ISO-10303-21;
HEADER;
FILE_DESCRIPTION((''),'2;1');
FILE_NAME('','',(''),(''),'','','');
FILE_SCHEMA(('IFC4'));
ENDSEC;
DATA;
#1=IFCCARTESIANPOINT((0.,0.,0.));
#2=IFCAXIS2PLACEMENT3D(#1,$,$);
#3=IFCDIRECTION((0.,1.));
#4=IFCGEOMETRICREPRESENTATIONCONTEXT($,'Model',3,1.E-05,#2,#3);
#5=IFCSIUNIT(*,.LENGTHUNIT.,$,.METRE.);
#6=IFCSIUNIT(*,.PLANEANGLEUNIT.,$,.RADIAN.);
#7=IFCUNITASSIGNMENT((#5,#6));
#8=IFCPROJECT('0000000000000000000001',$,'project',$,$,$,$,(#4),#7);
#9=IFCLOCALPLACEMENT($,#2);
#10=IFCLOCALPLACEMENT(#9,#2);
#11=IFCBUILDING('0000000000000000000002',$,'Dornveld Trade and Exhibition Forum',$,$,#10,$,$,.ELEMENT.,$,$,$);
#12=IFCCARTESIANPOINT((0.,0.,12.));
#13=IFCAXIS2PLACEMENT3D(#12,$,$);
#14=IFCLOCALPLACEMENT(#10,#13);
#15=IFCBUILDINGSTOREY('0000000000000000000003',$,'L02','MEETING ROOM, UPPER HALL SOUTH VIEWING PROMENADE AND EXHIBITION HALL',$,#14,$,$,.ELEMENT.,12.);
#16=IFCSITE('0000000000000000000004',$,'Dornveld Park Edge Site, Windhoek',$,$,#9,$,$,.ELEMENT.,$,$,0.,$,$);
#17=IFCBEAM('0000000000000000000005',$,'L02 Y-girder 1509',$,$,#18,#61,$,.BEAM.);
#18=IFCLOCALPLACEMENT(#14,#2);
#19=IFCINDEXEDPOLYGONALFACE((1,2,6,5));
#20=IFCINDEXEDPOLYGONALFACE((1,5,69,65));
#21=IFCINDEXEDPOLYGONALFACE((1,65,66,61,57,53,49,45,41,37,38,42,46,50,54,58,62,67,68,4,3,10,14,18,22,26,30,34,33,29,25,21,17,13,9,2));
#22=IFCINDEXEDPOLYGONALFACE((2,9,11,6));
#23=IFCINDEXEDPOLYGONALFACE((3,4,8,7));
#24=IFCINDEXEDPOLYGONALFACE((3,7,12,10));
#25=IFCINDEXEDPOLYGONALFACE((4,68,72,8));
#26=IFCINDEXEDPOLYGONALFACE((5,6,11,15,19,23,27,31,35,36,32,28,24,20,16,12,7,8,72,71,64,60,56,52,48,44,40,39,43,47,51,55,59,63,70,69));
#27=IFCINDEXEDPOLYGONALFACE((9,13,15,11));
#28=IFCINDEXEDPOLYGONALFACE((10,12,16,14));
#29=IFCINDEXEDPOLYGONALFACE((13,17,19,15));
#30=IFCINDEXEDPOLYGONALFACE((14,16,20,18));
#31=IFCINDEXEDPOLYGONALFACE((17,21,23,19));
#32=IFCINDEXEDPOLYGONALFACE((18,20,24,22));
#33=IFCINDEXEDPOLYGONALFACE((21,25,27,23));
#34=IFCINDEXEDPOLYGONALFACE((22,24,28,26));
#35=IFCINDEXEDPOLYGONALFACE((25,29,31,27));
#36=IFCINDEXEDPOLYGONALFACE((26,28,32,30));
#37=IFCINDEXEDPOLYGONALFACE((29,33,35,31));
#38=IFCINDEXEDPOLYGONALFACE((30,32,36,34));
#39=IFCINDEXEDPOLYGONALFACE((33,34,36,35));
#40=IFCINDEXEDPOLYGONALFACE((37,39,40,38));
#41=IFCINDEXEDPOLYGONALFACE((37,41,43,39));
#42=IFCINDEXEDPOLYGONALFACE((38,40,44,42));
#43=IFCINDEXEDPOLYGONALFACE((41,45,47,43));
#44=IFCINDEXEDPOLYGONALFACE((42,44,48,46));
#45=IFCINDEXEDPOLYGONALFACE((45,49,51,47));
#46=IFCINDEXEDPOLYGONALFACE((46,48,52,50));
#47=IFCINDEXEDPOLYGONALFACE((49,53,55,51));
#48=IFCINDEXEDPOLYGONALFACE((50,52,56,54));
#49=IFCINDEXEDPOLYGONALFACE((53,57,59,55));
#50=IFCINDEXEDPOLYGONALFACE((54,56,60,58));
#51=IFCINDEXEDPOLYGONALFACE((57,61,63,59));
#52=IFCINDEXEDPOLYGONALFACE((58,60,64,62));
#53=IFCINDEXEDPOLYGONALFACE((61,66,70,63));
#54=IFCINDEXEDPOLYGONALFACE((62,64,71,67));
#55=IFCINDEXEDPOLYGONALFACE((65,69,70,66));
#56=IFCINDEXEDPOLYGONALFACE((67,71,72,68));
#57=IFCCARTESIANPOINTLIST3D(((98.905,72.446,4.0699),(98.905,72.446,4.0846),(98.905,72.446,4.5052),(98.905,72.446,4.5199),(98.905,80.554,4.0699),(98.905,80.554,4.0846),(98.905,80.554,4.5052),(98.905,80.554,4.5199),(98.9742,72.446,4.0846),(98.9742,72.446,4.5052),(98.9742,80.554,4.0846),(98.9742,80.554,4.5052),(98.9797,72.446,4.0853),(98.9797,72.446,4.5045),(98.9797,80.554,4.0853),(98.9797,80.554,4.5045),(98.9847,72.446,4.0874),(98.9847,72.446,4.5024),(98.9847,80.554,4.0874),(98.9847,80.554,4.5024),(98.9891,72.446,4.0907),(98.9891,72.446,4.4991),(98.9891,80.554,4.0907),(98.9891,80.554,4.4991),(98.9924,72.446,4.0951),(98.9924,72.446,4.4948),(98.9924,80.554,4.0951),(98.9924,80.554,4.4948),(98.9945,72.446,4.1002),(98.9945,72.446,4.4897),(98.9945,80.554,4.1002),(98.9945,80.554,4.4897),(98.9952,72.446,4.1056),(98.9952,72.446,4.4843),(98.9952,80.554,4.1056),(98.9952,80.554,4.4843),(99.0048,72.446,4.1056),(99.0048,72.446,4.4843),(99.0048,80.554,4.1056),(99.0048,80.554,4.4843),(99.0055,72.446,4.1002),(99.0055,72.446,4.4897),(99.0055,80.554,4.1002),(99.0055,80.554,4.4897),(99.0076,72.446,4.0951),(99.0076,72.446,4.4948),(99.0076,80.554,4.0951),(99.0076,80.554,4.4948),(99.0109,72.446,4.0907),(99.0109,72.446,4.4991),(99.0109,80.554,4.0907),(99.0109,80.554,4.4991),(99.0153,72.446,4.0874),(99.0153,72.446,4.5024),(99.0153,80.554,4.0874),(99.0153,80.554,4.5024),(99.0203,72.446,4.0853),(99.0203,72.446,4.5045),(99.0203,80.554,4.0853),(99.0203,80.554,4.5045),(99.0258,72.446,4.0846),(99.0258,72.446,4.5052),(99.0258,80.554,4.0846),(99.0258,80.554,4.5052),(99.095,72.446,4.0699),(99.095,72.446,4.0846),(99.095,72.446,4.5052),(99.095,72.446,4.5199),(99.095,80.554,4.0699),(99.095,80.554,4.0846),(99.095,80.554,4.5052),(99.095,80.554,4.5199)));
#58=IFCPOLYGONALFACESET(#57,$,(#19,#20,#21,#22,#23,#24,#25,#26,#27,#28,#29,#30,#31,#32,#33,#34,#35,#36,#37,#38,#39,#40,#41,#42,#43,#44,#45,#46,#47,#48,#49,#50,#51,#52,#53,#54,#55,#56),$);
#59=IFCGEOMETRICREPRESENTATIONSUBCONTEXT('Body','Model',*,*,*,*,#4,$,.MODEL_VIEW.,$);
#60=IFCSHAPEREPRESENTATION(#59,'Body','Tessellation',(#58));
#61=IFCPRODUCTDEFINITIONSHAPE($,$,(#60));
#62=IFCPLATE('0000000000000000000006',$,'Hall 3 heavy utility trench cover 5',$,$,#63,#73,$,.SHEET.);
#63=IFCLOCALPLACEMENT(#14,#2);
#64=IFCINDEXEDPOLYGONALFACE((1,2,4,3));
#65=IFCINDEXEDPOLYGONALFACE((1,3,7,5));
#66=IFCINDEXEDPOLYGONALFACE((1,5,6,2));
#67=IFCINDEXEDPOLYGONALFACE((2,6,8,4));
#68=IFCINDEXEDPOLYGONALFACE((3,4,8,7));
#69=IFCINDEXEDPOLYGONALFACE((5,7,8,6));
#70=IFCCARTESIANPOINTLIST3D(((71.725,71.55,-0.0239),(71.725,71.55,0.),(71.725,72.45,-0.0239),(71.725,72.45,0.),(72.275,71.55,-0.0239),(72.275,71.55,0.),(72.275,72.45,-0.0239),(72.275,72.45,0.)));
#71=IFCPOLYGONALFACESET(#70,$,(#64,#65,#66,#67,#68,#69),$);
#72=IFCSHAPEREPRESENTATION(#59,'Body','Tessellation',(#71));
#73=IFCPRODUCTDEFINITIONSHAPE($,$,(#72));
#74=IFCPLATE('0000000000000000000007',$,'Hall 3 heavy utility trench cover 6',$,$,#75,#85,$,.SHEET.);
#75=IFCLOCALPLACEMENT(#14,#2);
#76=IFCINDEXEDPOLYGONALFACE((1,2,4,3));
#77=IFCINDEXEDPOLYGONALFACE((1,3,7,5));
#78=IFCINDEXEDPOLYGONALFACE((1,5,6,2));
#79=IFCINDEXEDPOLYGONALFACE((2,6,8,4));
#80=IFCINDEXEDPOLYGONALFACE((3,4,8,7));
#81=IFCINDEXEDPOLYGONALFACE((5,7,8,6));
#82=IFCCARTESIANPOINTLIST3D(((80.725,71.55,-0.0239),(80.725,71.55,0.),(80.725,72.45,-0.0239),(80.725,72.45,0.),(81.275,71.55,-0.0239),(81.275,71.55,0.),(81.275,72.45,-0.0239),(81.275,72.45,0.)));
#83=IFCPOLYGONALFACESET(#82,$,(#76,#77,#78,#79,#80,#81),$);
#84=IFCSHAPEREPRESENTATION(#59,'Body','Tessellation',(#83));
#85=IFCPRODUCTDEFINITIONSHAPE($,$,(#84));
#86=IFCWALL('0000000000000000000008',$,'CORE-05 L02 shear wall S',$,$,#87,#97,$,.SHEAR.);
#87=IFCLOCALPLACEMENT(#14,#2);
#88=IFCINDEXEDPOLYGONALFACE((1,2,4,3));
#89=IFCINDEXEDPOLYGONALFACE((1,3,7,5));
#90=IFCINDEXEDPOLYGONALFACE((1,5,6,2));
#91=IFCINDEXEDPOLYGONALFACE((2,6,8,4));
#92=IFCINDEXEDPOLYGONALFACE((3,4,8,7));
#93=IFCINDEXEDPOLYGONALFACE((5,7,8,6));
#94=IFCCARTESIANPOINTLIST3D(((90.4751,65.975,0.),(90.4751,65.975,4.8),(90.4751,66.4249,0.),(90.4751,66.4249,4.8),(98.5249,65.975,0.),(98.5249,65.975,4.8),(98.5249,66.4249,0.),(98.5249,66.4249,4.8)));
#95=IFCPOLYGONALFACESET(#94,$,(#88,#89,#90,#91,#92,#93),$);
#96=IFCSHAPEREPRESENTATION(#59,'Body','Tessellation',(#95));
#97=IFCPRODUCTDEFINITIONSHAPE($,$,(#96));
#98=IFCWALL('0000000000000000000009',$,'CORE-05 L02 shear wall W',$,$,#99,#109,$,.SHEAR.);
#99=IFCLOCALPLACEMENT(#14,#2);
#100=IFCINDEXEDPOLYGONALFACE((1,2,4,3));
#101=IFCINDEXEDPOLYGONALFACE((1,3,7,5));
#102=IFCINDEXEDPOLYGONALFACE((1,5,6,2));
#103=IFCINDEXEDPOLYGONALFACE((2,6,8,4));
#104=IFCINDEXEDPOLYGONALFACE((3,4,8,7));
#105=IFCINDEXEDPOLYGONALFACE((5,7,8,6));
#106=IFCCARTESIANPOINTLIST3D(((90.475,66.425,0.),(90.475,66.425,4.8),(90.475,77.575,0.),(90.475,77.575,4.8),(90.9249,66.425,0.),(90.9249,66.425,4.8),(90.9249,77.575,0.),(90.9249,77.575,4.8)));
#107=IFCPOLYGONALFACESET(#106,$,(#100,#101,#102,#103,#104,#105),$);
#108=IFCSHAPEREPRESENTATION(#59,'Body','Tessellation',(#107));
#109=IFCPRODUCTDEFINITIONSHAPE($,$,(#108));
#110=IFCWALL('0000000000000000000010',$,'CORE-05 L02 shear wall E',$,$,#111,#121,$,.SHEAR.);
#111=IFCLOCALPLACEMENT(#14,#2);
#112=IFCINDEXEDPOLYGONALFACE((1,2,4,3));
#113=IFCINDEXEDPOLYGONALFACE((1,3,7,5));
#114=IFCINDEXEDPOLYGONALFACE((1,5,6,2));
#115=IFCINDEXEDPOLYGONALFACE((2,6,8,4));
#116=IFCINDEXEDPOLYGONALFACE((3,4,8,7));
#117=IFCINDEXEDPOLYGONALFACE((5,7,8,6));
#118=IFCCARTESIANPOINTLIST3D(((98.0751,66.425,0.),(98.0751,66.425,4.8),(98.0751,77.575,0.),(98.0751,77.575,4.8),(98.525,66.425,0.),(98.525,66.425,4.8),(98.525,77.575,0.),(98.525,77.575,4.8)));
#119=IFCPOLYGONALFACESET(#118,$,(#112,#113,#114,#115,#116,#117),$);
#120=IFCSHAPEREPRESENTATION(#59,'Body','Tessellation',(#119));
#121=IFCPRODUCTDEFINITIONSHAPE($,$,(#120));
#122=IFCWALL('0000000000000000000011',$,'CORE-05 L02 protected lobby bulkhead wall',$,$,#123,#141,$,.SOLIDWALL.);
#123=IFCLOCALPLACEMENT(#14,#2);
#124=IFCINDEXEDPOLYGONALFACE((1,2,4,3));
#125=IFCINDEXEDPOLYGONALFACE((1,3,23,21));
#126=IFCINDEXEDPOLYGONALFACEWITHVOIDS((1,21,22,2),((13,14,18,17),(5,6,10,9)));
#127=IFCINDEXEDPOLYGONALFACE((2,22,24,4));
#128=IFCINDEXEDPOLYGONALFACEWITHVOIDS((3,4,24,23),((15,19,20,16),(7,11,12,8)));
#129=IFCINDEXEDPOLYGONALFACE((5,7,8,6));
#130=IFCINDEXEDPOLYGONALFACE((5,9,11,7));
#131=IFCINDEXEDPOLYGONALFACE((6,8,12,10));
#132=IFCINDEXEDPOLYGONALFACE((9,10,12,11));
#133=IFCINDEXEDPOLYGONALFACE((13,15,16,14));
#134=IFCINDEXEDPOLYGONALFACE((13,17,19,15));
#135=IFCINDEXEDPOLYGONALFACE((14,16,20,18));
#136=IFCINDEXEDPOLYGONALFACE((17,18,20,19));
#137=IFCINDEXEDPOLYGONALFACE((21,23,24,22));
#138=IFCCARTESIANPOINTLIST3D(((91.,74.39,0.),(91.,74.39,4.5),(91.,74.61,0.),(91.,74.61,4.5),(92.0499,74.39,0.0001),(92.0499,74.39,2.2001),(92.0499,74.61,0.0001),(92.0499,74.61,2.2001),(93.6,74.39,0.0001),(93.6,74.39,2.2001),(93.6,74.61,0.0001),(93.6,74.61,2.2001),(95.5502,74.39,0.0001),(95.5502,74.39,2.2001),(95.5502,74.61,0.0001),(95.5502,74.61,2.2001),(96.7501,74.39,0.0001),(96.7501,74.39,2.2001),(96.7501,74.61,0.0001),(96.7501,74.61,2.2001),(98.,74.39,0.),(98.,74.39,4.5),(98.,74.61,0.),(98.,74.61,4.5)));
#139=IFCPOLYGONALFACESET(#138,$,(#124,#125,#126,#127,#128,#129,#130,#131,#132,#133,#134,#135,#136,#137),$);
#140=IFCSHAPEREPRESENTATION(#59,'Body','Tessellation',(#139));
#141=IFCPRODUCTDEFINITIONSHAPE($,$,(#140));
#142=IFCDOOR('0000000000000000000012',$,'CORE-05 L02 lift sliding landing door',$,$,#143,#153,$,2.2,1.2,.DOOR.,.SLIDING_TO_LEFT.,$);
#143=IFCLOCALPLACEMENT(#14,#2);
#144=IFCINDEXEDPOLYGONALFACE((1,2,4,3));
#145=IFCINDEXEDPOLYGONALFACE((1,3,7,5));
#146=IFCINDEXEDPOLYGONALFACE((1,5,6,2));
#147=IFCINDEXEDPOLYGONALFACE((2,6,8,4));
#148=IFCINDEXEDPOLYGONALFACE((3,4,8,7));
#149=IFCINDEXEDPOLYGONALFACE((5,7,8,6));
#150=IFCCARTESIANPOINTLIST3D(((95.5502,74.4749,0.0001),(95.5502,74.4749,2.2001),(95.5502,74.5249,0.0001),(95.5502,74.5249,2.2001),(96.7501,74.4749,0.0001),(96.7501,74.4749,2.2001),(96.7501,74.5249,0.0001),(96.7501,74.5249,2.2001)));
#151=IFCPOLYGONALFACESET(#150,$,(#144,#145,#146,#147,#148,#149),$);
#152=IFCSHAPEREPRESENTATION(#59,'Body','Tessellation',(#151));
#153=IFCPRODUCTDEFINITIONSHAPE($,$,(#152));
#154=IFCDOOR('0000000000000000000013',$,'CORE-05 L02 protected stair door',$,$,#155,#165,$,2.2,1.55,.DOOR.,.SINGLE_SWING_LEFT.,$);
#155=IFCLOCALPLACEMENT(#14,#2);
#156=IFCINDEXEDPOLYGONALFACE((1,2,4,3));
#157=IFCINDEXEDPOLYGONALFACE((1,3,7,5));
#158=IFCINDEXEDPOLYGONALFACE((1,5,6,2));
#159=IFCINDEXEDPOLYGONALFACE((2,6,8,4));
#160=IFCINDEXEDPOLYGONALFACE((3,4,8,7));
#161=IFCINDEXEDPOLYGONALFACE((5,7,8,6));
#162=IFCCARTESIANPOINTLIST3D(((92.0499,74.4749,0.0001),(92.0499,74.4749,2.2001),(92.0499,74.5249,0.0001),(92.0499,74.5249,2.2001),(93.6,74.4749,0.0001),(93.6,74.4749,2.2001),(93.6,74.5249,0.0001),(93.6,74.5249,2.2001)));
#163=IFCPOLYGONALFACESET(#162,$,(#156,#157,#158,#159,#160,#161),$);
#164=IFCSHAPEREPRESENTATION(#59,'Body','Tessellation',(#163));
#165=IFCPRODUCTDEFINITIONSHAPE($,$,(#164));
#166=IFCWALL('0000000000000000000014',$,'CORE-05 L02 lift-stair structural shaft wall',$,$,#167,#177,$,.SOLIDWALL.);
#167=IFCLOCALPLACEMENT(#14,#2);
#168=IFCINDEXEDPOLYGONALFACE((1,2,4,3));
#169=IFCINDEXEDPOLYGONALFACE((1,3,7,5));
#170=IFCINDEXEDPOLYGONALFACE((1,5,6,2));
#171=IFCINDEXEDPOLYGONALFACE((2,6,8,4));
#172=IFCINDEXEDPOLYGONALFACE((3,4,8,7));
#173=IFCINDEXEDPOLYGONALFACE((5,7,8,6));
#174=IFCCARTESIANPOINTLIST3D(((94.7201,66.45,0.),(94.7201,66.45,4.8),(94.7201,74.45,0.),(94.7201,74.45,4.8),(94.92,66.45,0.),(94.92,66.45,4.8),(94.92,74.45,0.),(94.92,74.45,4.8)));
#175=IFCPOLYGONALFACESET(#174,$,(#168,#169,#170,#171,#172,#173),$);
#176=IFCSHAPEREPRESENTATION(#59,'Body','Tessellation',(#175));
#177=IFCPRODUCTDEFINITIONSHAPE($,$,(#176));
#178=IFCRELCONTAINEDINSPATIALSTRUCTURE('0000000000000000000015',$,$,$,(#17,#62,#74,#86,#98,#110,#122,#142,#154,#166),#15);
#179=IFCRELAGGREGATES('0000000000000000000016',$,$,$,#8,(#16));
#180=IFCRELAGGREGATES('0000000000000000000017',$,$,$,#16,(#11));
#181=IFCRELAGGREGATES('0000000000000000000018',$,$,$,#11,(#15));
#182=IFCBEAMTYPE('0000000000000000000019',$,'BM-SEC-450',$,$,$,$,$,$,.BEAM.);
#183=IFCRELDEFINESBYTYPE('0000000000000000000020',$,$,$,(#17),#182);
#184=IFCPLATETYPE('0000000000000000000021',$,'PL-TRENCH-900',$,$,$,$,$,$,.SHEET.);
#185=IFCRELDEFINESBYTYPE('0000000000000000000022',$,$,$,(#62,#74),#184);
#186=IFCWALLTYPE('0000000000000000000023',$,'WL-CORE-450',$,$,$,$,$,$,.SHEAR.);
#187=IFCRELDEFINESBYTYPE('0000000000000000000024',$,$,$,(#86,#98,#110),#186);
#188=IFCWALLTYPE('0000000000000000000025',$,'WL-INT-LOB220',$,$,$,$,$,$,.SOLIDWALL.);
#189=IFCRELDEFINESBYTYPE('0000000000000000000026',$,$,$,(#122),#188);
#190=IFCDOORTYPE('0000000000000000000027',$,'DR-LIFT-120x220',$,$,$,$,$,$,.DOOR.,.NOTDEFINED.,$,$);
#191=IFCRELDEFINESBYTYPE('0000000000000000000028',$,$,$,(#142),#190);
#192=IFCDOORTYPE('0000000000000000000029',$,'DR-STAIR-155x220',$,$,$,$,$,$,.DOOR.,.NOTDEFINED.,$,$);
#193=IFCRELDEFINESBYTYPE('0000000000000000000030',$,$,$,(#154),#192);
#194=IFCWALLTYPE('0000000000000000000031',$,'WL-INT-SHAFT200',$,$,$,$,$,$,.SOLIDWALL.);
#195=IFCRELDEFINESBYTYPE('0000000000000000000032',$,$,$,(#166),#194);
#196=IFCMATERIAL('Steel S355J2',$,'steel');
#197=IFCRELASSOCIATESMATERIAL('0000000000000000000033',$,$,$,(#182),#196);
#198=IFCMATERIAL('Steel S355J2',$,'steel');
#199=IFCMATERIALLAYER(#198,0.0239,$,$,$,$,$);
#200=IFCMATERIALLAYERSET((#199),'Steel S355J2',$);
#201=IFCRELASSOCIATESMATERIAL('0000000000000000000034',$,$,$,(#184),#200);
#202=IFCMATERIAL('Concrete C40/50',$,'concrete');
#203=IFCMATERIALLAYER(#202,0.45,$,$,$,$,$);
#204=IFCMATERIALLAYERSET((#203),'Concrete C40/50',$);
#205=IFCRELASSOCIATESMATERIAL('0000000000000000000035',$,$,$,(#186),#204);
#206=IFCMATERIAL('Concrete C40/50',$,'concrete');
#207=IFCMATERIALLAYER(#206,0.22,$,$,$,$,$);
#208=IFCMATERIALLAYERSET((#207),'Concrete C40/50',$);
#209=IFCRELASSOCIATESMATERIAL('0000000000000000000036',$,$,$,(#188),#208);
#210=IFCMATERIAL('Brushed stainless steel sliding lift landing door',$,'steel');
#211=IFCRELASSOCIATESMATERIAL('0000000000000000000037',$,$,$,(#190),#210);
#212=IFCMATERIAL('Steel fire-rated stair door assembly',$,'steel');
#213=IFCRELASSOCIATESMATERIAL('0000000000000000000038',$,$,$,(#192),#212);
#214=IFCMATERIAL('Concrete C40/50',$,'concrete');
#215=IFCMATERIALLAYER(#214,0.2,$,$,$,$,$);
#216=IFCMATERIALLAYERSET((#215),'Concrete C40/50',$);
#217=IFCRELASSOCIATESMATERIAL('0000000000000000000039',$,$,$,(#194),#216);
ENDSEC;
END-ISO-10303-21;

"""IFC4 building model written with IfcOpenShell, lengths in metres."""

from ifc_helpers import new_model, si_unit, direction, frame, frame_2d, origin, origin_2d, place, context, subcontext, project, spatial, rectangle, i_section, extrude, material, layer, layer_set, material_profile, profile_set, type_object, element, fill, save


model = new_model("IFC4")

# Units and contexts
model_context = context("Model", 3, precision=1e-05, world=origin(), true_north=direction((0.0, 1.0)))
body_context = subcontext(model_context, "Body", "Model", "MODEL_VIEW")
ifc_project = project(units=[si_unit("LENGTHUNIT", "METRE"), si_unit("PLANEANGLEUNIT", "RADIAN")], contexts=[model_context])

# Site, building, storey
site_placement = place(None, origin())
site = spatial("IfcSite", under=ifc_project, at=site_placement, Name="Dornveld Park Edge Site, Windhoek", CompositionType="ELEMENT", RefElevation=0.0)
building_placement = place(site_placement, origin())
building = spatial("IfcBuilding", under=site, at=building_placement, Name="Dornveld Trade and Exhibition Forum", CompositionType="ELEMENT")
storey_placement = place(building_placement, frame((0.0, 0.0, 12.0)))
storey = spatial("IfcBuildingStorey", under=building, at=storey_placement, Name="L02", Description="MEETING ROOM, UPPER HALL SOUTH VIEWING PROMENADE AND EXHIBITION HALL", CompositionType="ELEMENT", Elevation=12.0)

# Beam
ifc_material_1 = material(Name="Steel S355J2", Category="steel")
ifc_material_profile_1 = material_profile(ifc_material_1, i_section(OverallWidth=0.1899, OverallDepth=0.45, WebThickness=0.0095, FlangeThickness=0.0146, FilletRadius=0.021, at=origin_2d()), Name="IPE 450")
ifc_profile_set_1 = profile_set([ifc_material_profile_1], Name="Steel S355J2")
beam_type_1 = type_object("IfcBeamType", Name="BM-SEC-450", PredefinedType="BEAM", material=ifc_profile_set_1)
for number, where, z_axis, x_axis, name in (
    (1, (99.0, 72.446, 4.2949), (0.0, 1.0, 0.0), (-1.0, 0.0, 0.0), "L02 Y-girder 1509"),
):
    element("IfcBeam", number, at=place(storey_placement, frame(where, z_axis=z_axis, x_axis=x_axis)), inside=storey, type_object=beam_type_1, Name=name, PredefinedType="BEAM", context=body_context, shape_type="SweptSolid", body=[
        extrude(i_section(OverallWidth=0.1899, OverallDepth=0.45, WebThickness=0.0095, FlangeThickness=0.0146, FilletRadius=0.021, at=origin_2d()), origin(), (0.0, 0.0, 1.0), 8.1079),
    ])

# Plates
ifc_material_2 = material(Name="Steel S355J2", Category="steel")
ifc_layer_1 = layer(ifc_material_2, 0.0239)
ifc_layer_set_1 = layer_set([ifc_layer_1], Name="Steel S355J2")
plate_type = type_object("IfcPlateType", Name="PL-TRENCH-900", PredefinedType="SHEET", material=ifc_layer_set_1)
for number, where, z_axis, x_axis, name in (
    (2, (72.0, 72.0, -0.0239), (0.0, 0.0, 1.0), (0.0, 1.0, 0.0), "Hall 3 heavy utility trench cover 5"),
    (3, (81.0, 72.0, -0.0239), (0.0, 0.0, 1.0), (0.0, 1.0, 0.0), "Hall 3 heavy utility trench cover 6"),
):
    element("IfcPlate", number, at=place(storey_placement, frame(where, z_axis=z_axis, x_axis=x_axis)), inside=storey, type_object=plate_type, Name=name, PredefinedType="SHEET", context=body_context, shape_type="SweptSolid", body=[
        extrude(rectangle(XDim=0.8999, YDim=0.55, at=origin_2d()), origin(), (0.0, 0.0, 1.0), 0.0239),
    ])

# Walls
ifc_material_3 = material(Name="Concrete C40/50", Category="concrete")
ifc_layer_2 = layer(ifc_material_3, 0.45)
ifc_layer_set_2 = layer_set([ifc_layer_2], Name="Concrete C40/50")
wall_type_1 = type_object("IfcWallType", Name="WL-CORE-450", PredefinedType="SHEAR", material=ifc_layer_set_2)
wall_1_placement = place(storey_placement, frame((90.4751, 66.2, 0.0), z_axis=(0.0, 0.0, 1.0), x_axis=(1.0, 0.0, 0.0)))
element("IfcWall", 4, at=wall_1_placement, inside=storey, type_object=wall_type_1, Name="CORE-05 L02 shear wall S", PredefinedType="SHEAR", context=body_context, shape_type="SweptSolid", body=[
    extrude(rectangle(XDim=8.0498, YDim=0.45, at=frame_2d((4.0249, 0.0))), origin(), (0.0, 0.0, 1.0), 4.8),
])
for number, where, z_axis, x_axis, name in (
    (5, (90.7, 66.425, 0.0), (0.0, 0.0, 1.0), (0.0, 1.0, 0.0), "CORE-05 L02 shear wall W"),
    (6, (98.3, 66.425, 0.0), (0.0, 0.0, 1.0), (0.0, 1.0, 0.0), "CORE-05 L02 shear wall E"),
):
    element("IfcWall", number, at=place(storey_placement, frame(where, z_axis=z_axis, x_axis=x_axis)), inside=storey, type_object=wall_type_1, Name=name, PredefinedType="SHEAR", context=body_context, shape_type="SweptSolid", body=[
        extrude(rectangle(XDim=11.1499, YDim=0.45, at=frame_2d((5.575, 0.0))), origin(), (0.0, 0.0, 1.0), 4.8),
    ])

# Wall, openings, doors
ifc_material_4 = material(Name="Concrete C40/50", Category="concrete")
ifc_layer_3 = layer(ifc_material_4, 0.22)
ifc_layer_set_3 = layer_set([ifc_layer_3], Name="Concrete C40/50")
wall_type_2 = type_object("IfcWallType", Name="WL-INT-LOB220", PredefinedType="SOLIDWALL", material=ifc_layer_set_3)
wall_2_placement = place(storey_placement, frame((91.0, 74.5, 0.0), z_axis=(0.0, 0.0, 1.0), x_axis=(1.0, 0.0, 0.0)))
wall_2 = element("IfcWall", 7, at=wall_2_placement, inside=storey, type_object=wall_type_2, Name="CORE-05 L02 protected lobby bulkhead wall", PredefinedType="SOLIDWALL", context=body_context, shape_type="SweptSolid", body=[
    extrude(rectangle(XDim=7.0, YDim=0.22, at=frame_2d((3.5, 0.0))), origin(), (0.0, 0.0, 1.0), 4.5),
])
opening_1_placement = place(wall_2_placement, frame((1.05, 0.0, 0.0)))
opening_1 = element("IfcOpeningElement", 8, at=opening_1_placement, cuts=wall_2, PredefinedType="OPENING", context=body_context, shape_type="SweptSolid", body=[
    extrude(rectangle(XDim=1.55, YDim=2.2, at=frame_2d((0.7749, 1.1001))), frame((0.0, 0.1199, 0.0), z_axis=(0.0, -1.0, 0.0), x_axis=(1.0, 0.0, 0.0)), (0.0, 0.0, 1.0), 0.24),
])
opening_2_placement = place(wall_2_placement, frame((4.55, 0.0, 0.0)))
opening_2 = element("IfcOpeningElement", 9, at=opening_2_placement, cuts=wall_2, PredefinedType="OPENING", context=body_context, shape_type="SweptSolid", body=[
    extrude(rectangle(XDim=1.2, YDim=2.2, at=frame_2d((0.6001, 1.1001))), frame((0.0, 0.1199, 0.0), z_axis=(0.0, -1.0, 0.0), x_axis=(1.0, 0.0, 0.0)), (0.0, 0.0, 1.0), 0.24),
])
ifc_material_5 = material(Name="Brushed stainless steel sliding lift landing door", Category="steel")
door_type_1 = type_object("IfcDoorType", Name="DR-LIFT-120x220", OperationType="NOTDEFINED", PredefinedType="DOOR", material=ifc_material_5)
door_1_placement = place(opening_2_placement, origin())
door_1 = element("IfcDoor", 10, at=door_1_placement, inside=storey, type_object=door_type_1, Name="CORE-05 L02 lift sliding landing door", OperationType="SLIDING_TO_LEFT", OverallHeight=2.2, OverallWidth=1.2, PredefinedType="DOOR", context=body_context, shape_type="SweptSolid", body=[
    extrude(rectangle(XDim=1.2, YDim=2.2, at=frame_2d((0.6001, 1.1001))), frame((0.0, 0.0249, 0.0), z_axis=(0.0, -1.0, 0.0), x_axis=(1.0, 0.0, 0.0)), (0.0, 0.0, 1.0), 0.05),
])
fill(opening_2, door_1)
ifc_material_6 = material(Name="Steel fire-rated stair door assembly", Category="steel")
door_type_2 = type_object("IfcDoorType", Name="DR-STAIR-155x220", OperationType="NOTDEFINED", PredefinedType="DOOR", material=ifc_material_6)
door_2_placement = place(opening_1_placement, origin())
door_2 = element("IfcDoor", 11, at=door_2_placement, inside=storey, type_object=door_type_2, Name="CORE-05 L02 protected stair door", OperationType="SINGLE_SWING_LEFT", OverallHeight=2.2, OverallWidth=1.55, PredefinedType="DOOR", context=body_context, shape_type="SweptSolid", body=[
    extrude(rectangle(XDim=1.55, YDim=2.2, at=frame_2d((0.7749, 1.1001))), frame((0.0, 0.0249, 0.0), z_axis=(0.0, -1.0, 0.0), x_axis=(1.0, 0.0, 0.0)), (0.0, 0.0, 1.0), 0.05),
])
fill(opening_1, door_2)

# Wall
ifc_material_7 = material(Name="Concrete C40/50", Category="concrete")
ifc_layer_4 = layer(ifc_material_7, 0.2)
ifc_layer_set_4 = layer_set([ifc_layer_4], Name="Concrete C40/50")
wall_type_3 = type_object("IfcWallType", Name="WL-INT-SHAFT200", PredefinedType="SOLIDWALL", material=ifc_layer_set_4)
wall_3_placement = place(storey_placement, frame((94.8201, 66.45, 0.0), z_axis=(0.0, 0.0, 1.0), x_axis=(0.0, 1.0, 0.0)))
element("IfcWall", 12, at=wall_3_placement, inside=storey, type_object=wall_type_3, Name="CORE-05 L02 lift-stair structural shaft wall", PredefinedType="SOLIDWALL", context=body_context, shape_type="SweptSolid", body=[
    extrude(rectangle(XDim=8.0, YDim=0.2, at=frame_2d((4.0, 0.0))), origin(), (0.0, 0.0, 1.0), 4.8),
])

save(model, "model.ifc")
